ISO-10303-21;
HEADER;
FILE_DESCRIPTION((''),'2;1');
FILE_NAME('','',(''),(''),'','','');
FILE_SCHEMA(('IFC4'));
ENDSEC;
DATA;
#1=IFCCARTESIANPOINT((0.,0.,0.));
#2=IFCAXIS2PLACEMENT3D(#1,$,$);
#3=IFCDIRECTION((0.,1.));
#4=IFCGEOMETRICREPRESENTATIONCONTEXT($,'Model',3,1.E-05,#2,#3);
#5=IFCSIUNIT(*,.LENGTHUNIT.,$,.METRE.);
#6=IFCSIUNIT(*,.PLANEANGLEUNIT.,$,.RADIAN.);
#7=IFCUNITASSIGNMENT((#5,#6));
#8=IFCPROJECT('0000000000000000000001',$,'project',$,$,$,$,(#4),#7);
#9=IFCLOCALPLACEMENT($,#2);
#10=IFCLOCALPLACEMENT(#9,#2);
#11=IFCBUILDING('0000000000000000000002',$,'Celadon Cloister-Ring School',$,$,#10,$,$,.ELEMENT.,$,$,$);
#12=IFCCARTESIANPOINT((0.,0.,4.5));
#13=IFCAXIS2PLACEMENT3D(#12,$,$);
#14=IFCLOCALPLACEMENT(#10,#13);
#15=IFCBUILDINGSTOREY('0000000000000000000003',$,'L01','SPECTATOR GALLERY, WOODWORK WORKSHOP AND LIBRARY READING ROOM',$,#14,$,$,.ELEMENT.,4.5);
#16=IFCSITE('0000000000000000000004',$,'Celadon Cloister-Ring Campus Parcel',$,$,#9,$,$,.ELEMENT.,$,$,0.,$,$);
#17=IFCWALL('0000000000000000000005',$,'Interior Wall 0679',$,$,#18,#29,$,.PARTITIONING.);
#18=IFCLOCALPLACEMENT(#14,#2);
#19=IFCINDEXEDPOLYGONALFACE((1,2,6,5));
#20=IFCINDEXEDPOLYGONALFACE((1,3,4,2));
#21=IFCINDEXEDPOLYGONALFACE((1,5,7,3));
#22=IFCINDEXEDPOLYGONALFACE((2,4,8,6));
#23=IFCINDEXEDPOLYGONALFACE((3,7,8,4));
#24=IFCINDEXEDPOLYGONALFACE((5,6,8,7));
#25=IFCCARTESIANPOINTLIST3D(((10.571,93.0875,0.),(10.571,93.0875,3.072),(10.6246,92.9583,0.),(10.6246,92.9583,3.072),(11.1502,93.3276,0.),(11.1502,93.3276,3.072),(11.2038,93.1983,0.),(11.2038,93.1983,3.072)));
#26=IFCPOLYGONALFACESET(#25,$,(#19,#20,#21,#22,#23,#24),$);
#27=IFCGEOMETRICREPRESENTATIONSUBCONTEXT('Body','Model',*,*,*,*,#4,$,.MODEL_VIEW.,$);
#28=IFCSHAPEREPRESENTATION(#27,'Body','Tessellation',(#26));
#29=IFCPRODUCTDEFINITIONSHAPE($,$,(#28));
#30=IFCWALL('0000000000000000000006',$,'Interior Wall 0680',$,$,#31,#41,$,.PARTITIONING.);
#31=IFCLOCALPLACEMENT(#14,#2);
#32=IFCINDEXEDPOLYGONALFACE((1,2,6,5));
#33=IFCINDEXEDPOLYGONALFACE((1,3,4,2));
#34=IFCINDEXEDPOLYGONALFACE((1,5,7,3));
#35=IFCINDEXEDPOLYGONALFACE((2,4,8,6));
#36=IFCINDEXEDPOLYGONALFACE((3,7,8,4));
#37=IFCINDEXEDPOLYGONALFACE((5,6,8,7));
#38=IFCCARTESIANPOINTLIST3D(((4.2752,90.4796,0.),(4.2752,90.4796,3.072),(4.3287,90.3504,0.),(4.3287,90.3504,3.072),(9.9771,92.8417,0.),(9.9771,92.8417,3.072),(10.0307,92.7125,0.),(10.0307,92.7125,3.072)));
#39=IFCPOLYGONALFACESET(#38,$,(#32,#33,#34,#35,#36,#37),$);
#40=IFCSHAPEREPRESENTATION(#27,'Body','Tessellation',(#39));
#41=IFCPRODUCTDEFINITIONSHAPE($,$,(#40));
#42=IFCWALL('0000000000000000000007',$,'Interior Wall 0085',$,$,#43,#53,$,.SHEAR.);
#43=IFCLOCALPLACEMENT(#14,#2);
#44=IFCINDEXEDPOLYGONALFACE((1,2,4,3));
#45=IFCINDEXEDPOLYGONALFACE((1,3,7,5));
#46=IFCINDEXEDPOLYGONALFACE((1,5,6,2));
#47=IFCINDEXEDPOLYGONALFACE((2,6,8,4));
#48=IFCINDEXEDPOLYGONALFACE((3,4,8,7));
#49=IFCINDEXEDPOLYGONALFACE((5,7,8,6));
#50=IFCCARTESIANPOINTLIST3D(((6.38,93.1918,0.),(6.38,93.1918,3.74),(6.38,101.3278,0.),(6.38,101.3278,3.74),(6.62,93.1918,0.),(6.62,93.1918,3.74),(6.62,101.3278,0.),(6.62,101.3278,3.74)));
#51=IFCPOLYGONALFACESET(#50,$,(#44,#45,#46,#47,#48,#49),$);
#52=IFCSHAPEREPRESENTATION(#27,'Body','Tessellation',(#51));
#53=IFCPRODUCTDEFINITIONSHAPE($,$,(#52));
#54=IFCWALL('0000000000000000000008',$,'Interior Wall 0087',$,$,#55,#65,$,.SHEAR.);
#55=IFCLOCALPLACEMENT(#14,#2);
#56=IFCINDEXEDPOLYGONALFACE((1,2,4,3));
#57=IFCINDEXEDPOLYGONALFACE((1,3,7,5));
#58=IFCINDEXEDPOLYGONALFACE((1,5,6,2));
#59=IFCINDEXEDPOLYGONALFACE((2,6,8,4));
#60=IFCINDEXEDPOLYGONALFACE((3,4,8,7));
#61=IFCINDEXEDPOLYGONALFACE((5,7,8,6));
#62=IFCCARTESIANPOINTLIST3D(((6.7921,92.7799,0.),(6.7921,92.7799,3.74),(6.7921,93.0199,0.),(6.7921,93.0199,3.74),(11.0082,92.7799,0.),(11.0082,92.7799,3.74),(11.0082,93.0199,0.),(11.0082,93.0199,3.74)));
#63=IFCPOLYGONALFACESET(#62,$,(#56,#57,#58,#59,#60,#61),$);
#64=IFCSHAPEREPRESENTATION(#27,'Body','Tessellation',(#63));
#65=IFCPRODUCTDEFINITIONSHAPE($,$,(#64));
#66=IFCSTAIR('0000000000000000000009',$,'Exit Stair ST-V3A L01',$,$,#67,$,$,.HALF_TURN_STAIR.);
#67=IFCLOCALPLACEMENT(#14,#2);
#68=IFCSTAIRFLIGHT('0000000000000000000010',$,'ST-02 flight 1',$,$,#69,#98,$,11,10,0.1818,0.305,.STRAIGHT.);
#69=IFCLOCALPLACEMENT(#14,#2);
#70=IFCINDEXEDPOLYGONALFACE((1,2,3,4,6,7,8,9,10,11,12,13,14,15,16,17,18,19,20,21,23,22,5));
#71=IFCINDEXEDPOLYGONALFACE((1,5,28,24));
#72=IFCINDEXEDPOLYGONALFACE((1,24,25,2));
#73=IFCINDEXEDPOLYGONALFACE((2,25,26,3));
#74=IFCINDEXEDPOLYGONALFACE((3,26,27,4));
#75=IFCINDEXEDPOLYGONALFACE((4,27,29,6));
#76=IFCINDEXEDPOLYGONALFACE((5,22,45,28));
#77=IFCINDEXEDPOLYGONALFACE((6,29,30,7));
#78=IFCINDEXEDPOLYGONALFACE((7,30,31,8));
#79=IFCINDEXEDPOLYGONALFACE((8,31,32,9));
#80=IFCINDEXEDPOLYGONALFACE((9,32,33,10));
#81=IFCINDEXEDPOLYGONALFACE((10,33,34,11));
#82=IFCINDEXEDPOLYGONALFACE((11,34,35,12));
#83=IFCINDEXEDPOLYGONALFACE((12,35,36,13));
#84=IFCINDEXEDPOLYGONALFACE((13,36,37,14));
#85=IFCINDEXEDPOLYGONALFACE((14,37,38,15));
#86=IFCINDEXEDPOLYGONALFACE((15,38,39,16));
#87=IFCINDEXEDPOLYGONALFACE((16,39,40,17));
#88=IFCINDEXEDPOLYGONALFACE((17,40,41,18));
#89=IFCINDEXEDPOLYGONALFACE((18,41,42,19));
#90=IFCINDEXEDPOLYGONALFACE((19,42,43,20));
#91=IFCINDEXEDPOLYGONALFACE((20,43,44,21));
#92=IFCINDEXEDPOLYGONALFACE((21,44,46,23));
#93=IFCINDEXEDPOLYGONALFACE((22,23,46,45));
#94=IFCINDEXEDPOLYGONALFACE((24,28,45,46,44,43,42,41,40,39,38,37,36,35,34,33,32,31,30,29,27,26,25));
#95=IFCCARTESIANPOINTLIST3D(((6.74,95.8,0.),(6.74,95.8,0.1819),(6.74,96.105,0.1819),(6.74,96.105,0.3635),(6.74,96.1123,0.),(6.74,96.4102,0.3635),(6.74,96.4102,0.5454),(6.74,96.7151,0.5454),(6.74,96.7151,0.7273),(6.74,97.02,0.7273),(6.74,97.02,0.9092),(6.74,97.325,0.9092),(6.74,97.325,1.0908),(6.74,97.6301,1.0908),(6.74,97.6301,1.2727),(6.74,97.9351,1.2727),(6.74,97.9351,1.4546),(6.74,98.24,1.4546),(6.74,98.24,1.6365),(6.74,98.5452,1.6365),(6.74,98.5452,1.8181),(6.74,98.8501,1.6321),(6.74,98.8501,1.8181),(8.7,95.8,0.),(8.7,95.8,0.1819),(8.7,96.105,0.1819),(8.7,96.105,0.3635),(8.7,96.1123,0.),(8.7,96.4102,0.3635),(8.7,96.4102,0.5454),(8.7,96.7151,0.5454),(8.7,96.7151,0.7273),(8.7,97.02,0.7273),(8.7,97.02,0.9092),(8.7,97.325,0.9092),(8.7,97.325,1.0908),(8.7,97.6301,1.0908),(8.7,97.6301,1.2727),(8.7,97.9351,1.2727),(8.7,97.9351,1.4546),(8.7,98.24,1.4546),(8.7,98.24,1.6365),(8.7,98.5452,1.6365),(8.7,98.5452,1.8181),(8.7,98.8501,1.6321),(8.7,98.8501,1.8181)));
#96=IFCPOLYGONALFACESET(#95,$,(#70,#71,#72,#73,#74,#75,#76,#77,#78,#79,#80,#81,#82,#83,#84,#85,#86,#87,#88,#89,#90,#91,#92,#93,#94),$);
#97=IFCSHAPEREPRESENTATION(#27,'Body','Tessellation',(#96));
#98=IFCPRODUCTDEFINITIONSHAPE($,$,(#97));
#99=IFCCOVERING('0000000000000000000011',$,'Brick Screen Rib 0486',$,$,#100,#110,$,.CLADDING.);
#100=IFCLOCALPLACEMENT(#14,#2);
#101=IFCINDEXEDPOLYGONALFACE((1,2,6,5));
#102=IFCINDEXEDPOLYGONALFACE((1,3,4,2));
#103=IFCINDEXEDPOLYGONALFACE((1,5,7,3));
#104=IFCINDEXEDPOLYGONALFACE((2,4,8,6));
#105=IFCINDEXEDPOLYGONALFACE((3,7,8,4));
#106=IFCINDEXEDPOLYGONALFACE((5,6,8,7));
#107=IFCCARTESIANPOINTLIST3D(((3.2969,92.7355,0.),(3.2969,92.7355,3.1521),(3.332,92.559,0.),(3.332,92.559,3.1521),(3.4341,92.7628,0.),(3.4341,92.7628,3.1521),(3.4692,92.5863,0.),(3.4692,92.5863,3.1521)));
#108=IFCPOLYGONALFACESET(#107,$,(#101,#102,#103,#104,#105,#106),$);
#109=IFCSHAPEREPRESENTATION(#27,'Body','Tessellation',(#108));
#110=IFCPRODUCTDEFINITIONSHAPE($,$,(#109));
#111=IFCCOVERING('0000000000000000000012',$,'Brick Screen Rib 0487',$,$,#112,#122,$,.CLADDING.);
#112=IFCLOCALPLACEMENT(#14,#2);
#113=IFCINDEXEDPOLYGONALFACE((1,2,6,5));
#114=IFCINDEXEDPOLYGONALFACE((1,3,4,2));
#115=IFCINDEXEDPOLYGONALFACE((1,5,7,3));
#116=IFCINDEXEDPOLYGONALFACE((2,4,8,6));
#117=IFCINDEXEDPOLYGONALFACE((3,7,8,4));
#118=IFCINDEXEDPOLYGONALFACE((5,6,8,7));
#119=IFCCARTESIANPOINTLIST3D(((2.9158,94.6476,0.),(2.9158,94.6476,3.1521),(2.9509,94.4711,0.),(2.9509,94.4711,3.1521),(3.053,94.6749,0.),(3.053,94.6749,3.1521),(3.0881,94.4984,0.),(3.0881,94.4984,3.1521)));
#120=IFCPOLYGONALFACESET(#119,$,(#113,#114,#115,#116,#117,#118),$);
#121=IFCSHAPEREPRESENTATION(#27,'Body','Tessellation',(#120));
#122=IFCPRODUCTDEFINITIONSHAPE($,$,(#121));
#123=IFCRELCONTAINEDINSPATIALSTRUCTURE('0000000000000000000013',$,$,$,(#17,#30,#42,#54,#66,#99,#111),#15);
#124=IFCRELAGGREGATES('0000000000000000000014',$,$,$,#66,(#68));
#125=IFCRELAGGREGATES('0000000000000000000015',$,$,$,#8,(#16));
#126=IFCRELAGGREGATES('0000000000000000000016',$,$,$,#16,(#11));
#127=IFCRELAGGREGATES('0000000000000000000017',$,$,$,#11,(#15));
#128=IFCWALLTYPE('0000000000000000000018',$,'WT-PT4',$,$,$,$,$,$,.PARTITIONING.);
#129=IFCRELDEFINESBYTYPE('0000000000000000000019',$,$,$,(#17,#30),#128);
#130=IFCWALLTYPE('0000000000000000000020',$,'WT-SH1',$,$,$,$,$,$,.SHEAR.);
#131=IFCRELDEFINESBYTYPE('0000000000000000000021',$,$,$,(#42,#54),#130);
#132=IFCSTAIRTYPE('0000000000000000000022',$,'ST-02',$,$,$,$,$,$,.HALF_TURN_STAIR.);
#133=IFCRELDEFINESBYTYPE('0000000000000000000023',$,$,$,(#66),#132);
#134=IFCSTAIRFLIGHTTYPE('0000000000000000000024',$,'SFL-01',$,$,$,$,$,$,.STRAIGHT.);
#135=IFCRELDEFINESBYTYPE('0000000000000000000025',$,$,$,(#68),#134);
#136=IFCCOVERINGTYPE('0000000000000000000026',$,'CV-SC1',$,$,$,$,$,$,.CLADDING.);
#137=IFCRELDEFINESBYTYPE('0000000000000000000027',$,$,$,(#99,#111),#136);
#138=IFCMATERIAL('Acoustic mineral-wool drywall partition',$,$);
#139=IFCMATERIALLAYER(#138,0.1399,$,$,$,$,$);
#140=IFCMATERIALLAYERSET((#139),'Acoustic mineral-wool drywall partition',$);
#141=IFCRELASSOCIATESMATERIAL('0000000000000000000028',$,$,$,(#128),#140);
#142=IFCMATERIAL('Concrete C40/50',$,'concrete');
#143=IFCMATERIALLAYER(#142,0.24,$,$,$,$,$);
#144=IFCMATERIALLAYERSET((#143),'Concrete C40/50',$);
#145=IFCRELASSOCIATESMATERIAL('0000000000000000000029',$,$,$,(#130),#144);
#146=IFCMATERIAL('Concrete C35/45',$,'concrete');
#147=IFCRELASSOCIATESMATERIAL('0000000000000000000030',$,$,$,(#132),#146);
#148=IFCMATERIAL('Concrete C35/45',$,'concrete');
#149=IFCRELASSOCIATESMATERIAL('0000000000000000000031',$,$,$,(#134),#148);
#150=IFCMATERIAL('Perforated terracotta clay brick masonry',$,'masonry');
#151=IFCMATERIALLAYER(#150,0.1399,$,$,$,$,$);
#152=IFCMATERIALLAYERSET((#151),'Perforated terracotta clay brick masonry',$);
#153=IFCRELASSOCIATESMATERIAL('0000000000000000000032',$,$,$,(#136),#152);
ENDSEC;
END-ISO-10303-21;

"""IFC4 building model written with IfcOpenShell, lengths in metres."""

from ifc_helpers import new_model, si_unit, direction, frame, frame_2d, origin, origin_2d, place, context, subcontext, project, spatial, polyline, rectangle, outline, extrude, material, layer, layer_set, type_object, element, aggregate, save


model = new_model("IFC4")

# Units and contexts
model_context = context("Model", 3, precision=1e-05, world=origin(), true_north=direction((0.0, 1.0)))
body_context = subcontext(model_context, "Body", "Model", "MODEL_VIEW")
ifc_project = project(units=[si_unit("LENGTHUNIT", "METRE"), si_unit("PLANEANGLEUNIT", "RADIAN")], contexts=[model_context])

# Site, building, storey
site_placement = place(None, origin())
site = spatial("IfcSite", under=ifc_project, at=site_placement, Name="Celadon Cloister-Ring Campus Parcel", CompositionType="ELEMENT", RefElevation=0.0)
building_placement = place(site_placement, origin())
building = spatial("IfcBuilding", under=site, at=building_placement, Name="Celadon Cloister-Ring School", CompositionType="ELEMENT")
storey_placement = place(building_placement, frame((0.0, 0.0, 4.5)))
storey = spatial("IfcBuildingStorey", under=building, at=storey_placement, Name="L01", Description="SPECTATOR GALLERY, WOODWORK WORKSHOP AND LIBRARY READING ROOM", CompositionType="ELEMENT", Elevation=4.5)

# Walls
ifc_material_1 = material(Name="Acoustic mineral-wool drywall partition")
ifc_layer_1 = layer(ifc_material_1, 0.1399)
ifc_layer_set_1 = layer_set([ifc_layer_1], Name="Acoustic mineral-wool drywall partition")
wall_type_1 = type_object("IfcWallType", Name="WT-PT4", PredefinedType="PARTITIONING", material=ifc_layer_set_1)
wall_1_placement = place(storey_placement, frame((11.177, 93.2629, 0.0), z_axis=(0.0, 0.0, 1.0), x_axis=(-0.923813, -0.382845, 0.0)))
element("IfcWall", 1, at=wall_1_placement, inside=storey, type_object=wall_type_1, Name="Interior Wall 0679", PredefinedType="PARTITIONING", context=body_context, shape_type="SweptSolid", body=[
    extrude(rectangle(XDim=0.627, YDim=0.1399, at=frame_2d((0.3135, 0.0))), origin(), (0.0, 0.0, 1.0), 3.072),
])
wall_2_placement = place(storey_placement, frame((10.0039, 92.7771, 0.0), z_axis=(0.0, 0.0, 1.0), x_axis=(-0.923865, -0.382719, 0.0)))
element("IfcWall", 2, at=wall_2_placement, inside=storey, type_object=wall_type_1, Name="Interior Wall 0680", PredefinedType="PARTITIONING", context=body_context, shape_type="SweptSolid", body=[
    extrude(rectangle(XDim=6.1719, YDim=0.1399, at=frame_2d((3.0859, 0.0))), origin(), (0.0, 0.0, 1.0), 3.072),
])
ifc_material_2 = material(Name="Concrete C40/50", Category="concrete")
ifc_layer_2 = layer(ifc_material_2, 0.24)
ifc_layer_set_2 = layer_set([ifc_layer_2], Name="Concrete C40/50")
wall_type_2 = type_object("IfcWallType", Name="WT-SH1", PredefinedType="SHEAR", material=ifc_layer_set_2)
wall_3_placement = place(storey_placement, frame((6.5, 93.1919, 0.0), z_axis=(0.0, 0.0, 1.0), x_axis=(0.0, 1.0, 0.0)))
element("IfcWall", 3, at=wall_3_placement, inside=storey, type_object=wall_type_2, Name="Interior Wall 0085", PredefinedType="SHEAR", context=body_context, shape_type="SweptSolid", body=[
    extrude(rectangle(XDim=8.136, YDim=0.24, at=frame_2d((4.0679, 0.0))), origin(), (0.0, 0.0, 1.0), 3.74),
])
wall_4_placement = place(storey_placement, frame((11.0081, 92.8999, 0.0), z_axis=(0.0, 0.0, 1.0), x_axis=(-1.0, 0.0, 0.0)))
element("IfcWall", 4, at=wall_4_placement, inside=storey, type_object=wall_type_2, Name="Interior Wall 0087", PredefinedType="SHEAR", context=body_context, shape_type="SweptSolid", body=[
    extrude(rectangle(XDim=4.2161, YDim=0.24, at=frame_2d((2.1079, 0.0))), origin(), (0.0, 0.0, 1.0), 3.74),
])

# Stair, stair flight
ifc_material_3 = material(Name="Concrete C35/45", Category="concrete")
stair_type = type_object("IfcStairType", Name="ST-02", PredefinedType="HALF_TURN_STAIR", material=ifc_material_3)
stair_placement = place(storey_placement, origin())
stair = element("IfcStair", 5, at=stair_placement, inside=storey, type_object=stair_type, Name="Exit Stair ST-V3A L01", PredefinedType="HALF_TURN_STAIR")
ifc_material_4 = material(Name="Concrete C35/45", Category="concrete")
stair_flight_type = type_object("IfcStairFlightType", Name="SFL-01", PredefinedType="STRAIGHT", material=ifc_material_4)
stair_flight_placement = place(storey_placement, frame((7.72, 95.8, 0.0), z_axis=(0.0, 0.0, 1.0), x_axis=(0.0, 1.0, 0.0)))
stair_flight = element("IfcStairFlight", 6, at=stair_flight_placement, type_object=stair_flight_type, Name="ST-02 flight 1", NumberOfRisers=11, NumberOfTreads=10, PredefinedType="STRAIGHT", RiserHeight=0.1818, TreadLength=0.305, context=body_context, shape_type="SweptSolid", body=[
    extrude(outline(polyline([(0.0, 0.0), (0.0, 0.1819), (0.3049, 0.1819), (0.3049, 0.3635), (0.6101, 0.3635), (0.6101, 0.5454), (0.915, 0.5454), (0.915, 0.7273), (1.22, 0.7273), (1.22, 0.9092), (1.5249, 0.9092), (1.5249, 1.0908), (1.8301, 1.0908), (1.8301, 1.2727), (2.135, 1.2727), (2.135, 1.4546), (2.4399, 1.4546), (2.4399, 1.6365), (2.7451, 1.6365), (2.7451, 1.8181), (3.05, 1.8181), (3.05, 2.0), (3.05, 1.6321), (0.3123, 0.0), (0.0, 0.0)])), frame((0.0, 0.98, 0.0), z_axis=(0.0, -1.0, 0.0), x_axis=(1.0, 0.0, 0.0)), (0.0, 0.0, 1.0), 1.96),
])
aggregate(stair, [stair_flight])

# Coverings
ifc_material_5 = material(Name="Perforated terracotta clay brick masonry", Category="masonry")
ifc_layer_3 = layer(ifc_material_5, 0.1399)
ifc_layer_set_3 = layer_set([ifc_layer_3], Name="Perforated terracotta clay brick masonry")
covering_type = type_object("IfcCoveringType", Name="CV-SC1", PredefinedType="CLADDING", material=ifc_layer_set_3)
for number, where, z_axis, x_axis, name in (
    (7, (3.3831, 92.6609, 0.0), (0.0, 0.0, 1.0), (-0.195142, 0.980775, 0.0), "Brick Screen Rib 0486"),
    (8, (3.002, 94.573, 0.0), (0.0, 0.0, 1.0), (-0.195142, 0.980775, 0.0), "Brick Screen Rib 0487"),
):
    element("IfcCovering", number, at=place(storey_placement, frame(where, z_axis=z_axis, x_axis=x_axis)), inside=storey, type_object=covering_type, Name=name, PredefinedType="CLADDING", context=body_context, shape_type="SweptSolid", body=[
        extrude(rectangle(XDim=0.1799, YDim=0.1399, at=origin_2d()), origin(), (0.0, 0.0, 1.0), 3.1521),
    ])

save(model, "model.ifc")
